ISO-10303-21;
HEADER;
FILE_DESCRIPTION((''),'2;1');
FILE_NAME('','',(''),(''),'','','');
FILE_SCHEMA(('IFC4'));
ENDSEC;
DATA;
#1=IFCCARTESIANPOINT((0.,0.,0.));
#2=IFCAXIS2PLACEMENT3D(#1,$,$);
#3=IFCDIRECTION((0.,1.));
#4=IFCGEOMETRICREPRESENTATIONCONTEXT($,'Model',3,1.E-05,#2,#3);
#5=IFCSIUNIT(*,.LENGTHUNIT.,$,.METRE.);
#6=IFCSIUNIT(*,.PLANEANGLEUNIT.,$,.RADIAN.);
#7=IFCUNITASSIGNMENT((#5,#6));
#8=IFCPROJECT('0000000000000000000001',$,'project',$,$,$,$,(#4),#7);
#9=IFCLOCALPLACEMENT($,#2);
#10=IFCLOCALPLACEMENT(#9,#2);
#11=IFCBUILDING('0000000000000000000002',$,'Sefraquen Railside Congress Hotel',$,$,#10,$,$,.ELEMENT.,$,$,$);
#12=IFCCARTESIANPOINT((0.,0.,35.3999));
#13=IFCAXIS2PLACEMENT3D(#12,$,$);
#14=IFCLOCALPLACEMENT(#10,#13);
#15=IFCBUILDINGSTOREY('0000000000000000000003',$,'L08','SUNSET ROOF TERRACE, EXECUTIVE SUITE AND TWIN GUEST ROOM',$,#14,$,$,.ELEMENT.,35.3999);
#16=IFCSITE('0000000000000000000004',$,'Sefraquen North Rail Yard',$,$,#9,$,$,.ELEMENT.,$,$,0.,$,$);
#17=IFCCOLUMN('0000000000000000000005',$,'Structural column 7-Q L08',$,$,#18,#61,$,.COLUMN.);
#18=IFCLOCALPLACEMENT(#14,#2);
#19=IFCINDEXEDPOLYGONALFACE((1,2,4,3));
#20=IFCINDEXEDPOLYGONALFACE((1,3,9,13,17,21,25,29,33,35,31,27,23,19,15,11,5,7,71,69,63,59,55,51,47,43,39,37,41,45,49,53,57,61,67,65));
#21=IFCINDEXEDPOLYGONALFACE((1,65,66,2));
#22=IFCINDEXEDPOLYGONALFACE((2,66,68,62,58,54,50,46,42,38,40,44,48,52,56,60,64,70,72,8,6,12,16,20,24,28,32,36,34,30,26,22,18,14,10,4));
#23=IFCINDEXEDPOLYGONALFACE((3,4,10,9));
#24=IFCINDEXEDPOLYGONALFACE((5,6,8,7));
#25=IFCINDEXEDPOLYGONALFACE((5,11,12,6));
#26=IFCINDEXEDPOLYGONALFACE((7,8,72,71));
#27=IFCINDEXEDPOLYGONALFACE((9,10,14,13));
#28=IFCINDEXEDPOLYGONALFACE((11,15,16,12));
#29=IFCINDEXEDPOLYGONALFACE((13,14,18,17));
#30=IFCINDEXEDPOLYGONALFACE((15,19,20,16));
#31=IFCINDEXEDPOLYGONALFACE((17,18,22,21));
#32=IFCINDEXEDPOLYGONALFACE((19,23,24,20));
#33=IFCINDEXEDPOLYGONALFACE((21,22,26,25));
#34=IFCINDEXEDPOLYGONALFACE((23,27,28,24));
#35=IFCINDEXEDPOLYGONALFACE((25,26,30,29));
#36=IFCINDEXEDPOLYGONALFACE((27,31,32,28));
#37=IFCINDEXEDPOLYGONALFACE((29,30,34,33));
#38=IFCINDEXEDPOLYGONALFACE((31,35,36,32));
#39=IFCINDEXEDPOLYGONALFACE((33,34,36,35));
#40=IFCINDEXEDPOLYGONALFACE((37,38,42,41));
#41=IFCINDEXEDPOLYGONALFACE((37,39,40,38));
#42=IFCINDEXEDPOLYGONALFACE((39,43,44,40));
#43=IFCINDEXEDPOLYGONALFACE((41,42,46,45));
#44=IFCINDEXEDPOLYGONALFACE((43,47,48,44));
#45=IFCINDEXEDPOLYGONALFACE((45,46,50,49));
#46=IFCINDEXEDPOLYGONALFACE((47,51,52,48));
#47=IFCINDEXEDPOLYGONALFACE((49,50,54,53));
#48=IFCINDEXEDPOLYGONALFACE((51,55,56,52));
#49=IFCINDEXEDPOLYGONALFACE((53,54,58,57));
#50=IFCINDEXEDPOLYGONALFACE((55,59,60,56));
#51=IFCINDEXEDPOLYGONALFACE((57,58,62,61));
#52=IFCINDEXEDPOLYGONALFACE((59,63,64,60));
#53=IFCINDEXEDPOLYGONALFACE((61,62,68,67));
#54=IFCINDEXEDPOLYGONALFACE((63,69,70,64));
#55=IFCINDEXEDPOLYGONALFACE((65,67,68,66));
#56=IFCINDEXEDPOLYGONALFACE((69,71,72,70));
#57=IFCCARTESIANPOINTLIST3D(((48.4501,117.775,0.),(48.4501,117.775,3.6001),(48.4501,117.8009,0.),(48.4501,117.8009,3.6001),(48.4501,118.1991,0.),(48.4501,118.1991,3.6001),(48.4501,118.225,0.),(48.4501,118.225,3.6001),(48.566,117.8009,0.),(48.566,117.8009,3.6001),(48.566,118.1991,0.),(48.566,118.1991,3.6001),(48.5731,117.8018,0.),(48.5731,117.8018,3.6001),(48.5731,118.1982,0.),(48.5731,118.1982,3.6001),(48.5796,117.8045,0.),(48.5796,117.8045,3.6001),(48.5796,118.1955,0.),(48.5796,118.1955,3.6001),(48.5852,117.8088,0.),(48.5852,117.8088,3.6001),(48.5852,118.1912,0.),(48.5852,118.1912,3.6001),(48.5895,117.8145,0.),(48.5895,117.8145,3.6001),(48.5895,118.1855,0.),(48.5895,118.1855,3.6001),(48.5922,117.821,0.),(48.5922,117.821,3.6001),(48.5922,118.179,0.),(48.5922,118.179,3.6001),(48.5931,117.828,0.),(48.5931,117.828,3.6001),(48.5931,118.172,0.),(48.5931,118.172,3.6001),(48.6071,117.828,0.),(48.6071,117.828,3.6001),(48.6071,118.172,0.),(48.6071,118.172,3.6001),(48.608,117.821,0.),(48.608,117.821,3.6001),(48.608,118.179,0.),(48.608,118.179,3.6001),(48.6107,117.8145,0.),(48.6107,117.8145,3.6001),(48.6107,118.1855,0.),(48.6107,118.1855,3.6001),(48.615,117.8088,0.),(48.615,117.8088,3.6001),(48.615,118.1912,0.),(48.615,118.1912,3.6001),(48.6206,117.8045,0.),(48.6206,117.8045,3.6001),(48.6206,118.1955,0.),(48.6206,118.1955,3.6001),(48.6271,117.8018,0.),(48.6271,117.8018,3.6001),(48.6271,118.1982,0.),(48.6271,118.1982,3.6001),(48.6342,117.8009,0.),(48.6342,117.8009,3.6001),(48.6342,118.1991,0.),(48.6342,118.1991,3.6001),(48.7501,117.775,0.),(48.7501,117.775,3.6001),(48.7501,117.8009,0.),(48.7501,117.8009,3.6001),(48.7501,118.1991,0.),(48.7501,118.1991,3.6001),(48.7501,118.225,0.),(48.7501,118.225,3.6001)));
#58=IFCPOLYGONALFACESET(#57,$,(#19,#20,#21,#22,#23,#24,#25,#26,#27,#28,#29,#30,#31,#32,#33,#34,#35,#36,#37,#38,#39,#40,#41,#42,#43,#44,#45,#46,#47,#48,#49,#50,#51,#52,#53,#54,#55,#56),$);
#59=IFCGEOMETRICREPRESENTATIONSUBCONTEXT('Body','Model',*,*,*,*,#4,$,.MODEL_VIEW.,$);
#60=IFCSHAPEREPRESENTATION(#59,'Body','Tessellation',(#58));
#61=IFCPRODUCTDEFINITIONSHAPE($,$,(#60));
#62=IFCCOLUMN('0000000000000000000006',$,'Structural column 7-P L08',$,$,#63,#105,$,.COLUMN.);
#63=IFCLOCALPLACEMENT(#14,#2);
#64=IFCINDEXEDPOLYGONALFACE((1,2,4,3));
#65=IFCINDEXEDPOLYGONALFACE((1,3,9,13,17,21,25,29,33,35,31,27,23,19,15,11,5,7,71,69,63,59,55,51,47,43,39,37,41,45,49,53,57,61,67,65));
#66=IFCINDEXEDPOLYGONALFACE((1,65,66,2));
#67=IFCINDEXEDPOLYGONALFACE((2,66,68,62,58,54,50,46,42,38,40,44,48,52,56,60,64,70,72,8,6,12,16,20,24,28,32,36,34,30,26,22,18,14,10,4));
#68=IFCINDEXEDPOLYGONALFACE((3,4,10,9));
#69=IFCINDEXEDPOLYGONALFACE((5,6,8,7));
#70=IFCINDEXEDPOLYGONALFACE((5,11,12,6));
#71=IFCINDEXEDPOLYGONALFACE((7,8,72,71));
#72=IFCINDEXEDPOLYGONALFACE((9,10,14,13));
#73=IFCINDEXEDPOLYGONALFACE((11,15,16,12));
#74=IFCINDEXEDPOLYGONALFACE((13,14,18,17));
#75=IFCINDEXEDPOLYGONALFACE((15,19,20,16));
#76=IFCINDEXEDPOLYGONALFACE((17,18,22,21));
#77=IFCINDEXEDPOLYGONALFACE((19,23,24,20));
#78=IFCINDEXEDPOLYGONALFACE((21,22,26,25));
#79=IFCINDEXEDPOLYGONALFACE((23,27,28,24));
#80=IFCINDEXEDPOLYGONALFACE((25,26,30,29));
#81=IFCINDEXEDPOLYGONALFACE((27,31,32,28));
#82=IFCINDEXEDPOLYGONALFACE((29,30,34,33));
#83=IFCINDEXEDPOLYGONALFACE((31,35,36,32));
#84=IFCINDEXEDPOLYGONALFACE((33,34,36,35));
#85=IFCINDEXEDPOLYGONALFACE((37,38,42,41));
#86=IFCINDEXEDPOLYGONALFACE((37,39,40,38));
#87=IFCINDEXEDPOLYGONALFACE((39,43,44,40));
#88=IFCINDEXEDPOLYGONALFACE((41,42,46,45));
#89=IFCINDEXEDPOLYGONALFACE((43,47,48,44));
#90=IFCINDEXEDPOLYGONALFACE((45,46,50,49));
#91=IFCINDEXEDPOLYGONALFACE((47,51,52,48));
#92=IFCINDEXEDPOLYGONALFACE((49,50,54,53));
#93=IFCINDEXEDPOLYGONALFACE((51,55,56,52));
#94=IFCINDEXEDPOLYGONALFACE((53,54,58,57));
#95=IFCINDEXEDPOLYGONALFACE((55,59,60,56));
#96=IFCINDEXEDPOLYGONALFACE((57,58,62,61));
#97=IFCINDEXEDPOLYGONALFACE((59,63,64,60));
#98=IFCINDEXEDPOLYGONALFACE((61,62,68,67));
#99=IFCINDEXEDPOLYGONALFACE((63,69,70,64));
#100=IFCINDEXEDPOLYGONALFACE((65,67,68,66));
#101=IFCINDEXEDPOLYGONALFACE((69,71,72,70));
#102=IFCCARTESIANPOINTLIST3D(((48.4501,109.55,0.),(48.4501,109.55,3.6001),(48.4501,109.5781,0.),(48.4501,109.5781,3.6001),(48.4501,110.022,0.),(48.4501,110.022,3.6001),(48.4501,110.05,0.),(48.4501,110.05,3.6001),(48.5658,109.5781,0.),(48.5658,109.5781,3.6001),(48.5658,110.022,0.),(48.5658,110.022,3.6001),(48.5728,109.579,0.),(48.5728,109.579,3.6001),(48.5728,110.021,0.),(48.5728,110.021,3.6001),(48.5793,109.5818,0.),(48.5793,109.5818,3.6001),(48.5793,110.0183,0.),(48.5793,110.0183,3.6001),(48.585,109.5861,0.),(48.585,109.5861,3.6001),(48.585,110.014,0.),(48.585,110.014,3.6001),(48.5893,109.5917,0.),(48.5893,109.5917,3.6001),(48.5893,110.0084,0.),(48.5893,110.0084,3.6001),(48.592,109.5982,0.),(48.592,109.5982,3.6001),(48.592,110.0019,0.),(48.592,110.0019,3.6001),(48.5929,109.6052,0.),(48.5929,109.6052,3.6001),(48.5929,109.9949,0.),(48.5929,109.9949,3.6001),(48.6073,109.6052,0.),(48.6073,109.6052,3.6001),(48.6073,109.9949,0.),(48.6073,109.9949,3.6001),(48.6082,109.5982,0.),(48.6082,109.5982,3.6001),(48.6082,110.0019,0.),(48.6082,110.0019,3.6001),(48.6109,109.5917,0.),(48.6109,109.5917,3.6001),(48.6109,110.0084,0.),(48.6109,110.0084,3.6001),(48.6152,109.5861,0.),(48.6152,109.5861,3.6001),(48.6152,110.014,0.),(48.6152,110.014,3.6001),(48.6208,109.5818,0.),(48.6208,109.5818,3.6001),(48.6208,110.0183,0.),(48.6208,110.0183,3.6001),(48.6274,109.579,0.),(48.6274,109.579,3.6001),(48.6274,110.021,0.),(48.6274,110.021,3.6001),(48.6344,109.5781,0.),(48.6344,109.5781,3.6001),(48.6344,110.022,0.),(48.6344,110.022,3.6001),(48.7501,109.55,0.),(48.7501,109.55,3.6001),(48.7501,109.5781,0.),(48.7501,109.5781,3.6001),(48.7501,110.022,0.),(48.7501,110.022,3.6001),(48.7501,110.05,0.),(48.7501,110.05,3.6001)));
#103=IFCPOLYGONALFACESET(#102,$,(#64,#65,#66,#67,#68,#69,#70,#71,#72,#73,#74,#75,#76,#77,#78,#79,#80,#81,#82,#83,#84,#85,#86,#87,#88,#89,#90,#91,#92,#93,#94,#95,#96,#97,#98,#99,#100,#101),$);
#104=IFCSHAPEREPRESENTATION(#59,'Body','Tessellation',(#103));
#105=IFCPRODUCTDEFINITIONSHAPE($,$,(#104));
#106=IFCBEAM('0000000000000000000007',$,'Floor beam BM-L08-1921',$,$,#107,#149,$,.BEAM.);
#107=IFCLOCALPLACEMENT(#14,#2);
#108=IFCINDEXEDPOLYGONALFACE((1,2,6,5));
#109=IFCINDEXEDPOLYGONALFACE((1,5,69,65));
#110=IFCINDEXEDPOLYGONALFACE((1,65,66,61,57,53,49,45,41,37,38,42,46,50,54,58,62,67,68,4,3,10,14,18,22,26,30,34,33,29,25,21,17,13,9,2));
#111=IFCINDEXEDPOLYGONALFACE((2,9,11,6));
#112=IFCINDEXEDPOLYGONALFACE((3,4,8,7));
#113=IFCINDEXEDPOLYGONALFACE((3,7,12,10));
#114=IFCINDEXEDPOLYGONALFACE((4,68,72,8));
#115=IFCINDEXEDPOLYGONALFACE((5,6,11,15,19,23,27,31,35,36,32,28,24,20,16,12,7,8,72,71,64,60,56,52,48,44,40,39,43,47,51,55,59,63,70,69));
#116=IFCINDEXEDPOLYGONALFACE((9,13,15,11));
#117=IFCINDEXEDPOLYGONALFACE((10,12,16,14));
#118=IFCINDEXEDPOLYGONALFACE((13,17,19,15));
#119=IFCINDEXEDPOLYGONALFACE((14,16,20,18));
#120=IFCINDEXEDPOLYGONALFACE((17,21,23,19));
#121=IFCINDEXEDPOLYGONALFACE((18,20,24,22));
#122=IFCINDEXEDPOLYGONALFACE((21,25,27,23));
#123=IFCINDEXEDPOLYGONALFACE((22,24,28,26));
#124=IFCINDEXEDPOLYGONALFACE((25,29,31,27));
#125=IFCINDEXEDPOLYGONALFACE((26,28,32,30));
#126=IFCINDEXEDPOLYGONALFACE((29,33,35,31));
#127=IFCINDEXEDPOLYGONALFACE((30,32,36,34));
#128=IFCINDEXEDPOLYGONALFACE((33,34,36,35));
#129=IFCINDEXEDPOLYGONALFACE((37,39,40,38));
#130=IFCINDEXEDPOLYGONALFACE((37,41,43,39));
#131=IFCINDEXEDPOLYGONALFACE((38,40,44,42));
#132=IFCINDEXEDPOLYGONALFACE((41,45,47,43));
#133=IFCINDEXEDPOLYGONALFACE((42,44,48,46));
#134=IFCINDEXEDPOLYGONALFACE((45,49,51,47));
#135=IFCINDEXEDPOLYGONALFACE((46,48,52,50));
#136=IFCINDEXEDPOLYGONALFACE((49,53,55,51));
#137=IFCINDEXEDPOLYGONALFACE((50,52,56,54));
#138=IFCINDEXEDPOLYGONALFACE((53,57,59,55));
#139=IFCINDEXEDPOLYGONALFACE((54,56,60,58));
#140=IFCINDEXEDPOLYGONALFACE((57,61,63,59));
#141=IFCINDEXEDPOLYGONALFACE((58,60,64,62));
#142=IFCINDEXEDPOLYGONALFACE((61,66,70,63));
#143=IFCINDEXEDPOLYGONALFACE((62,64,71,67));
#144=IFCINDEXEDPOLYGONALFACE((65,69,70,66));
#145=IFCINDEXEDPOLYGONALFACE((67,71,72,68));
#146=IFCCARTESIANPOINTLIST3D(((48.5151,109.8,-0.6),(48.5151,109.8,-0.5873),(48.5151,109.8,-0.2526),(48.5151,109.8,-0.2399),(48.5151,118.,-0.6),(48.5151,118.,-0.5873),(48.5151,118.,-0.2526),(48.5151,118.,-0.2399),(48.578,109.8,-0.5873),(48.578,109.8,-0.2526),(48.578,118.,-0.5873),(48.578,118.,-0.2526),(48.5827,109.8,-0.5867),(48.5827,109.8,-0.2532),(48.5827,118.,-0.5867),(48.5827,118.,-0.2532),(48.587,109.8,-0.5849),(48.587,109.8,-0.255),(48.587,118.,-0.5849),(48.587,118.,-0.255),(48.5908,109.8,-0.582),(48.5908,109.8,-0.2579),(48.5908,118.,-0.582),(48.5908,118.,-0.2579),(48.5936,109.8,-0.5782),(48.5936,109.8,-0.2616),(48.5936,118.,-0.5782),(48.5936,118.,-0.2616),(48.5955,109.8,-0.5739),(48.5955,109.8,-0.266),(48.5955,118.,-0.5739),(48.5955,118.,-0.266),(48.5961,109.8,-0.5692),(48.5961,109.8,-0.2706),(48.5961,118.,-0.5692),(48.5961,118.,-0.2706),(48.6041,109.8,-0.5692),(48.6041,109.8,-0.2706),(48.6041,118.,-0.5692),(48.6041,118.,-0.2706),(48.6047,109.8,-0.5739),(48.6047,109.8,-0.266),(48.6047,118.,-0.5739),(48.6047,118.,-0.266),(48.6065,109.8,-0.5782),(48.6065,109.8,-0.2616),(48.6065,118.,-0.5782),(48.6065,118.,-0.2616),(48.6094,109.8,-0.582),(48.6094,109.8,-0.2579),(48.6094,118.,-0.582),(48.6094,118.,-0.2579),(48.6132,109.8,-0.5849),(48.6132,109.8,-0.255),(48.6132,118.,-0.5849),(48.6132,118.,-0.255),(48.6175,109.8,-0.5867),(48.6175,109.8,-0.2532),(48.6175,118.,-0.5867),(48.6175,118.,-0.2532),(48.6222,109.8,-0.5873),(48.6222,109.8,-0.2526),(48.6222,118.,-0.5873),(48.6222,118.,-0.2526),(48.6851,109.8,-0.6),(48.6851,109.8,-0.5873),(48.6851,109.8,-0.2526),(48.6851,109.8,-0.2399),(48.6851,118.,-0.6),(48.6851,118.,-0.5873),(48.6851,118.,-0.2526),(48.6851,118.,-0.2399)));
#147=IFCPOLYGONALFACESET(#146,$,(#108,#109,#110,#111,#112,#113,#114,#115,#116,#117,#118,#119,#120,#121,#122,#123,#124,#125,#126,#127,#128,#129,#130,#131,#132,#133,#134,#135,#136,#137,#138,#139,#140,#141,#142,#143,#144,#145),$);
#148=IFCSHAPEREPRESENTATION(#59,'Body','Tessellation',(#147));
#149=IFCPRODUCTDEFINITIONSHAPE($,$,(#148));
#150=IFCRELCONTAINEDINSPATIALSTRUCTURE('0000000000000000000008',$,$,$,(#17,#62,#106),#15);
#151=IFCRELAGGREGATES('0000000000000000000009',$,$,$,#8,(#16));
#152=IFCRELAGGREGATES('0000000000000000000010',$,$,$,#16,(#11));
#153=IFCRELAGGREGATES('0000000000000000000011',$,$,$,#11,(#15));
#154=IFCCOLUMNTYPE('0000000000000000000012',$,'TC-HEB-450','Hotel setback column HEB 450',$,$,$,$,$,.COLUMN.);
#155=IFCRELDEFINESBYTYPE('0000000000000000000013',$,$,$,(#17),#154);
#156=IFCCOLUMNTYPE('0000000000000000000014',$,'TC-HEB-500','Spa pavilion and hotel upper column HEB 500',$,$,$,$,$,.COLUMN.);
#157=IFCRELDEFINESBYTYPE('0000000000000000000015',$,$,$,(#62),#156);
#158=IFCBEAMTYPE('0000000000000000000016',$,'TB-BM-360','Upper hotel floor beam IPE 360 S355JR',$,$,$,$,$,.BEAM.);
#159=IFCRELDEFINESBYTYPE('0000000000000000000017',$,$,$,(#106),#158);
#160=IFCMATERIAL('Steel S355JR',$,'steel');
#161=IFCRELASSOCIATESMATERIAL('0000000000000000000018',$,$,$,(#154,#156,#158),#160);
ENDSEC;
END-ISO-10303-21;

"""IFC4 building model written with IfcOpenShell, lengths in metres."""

from ifc_helpers import new_model, si_unit, direction, frame, origin, origin_2d, place, context, subcontext, project, spatial, i_section, extrude, material, material_profile, profile_set, type_object, element, save


model = new_model("IFC4")

# Units and contexts
model_context = context("Model", 3, precision=1e-05, world=origin(), true_north=direction((0.0, 1.0)))
body_context = subcontext(model_context, "Body", "Model", "MODEL_VIEW")
ifc_project = project(units=[si_unit("LENGTHUNIT", "METRE"), si_unit("PLANEANGLEUNIT", "RADIAN")], contexts=[model_context])

# Site, building, storey
site_placement = place(None, origin())
site = spatial("IfcSite", under=ifc_project, at=site_placement, Name="Sefraquen North Rail Yard", CompositionType="ELEMENT", RefElevation=0.0)
building_placement = place(site_placement, origin())
building = spatial("IfcBuilding", under=site, at=building_placement, Name="Sefraquen Railside Congress Hotel", CompositionType="ELEMENT")
storey_placement = place(building_placement, frame((0.0, 0.0, 35.3999)))
storey = spatial("IfcBuildingStorey", under=building, at=storey_placement, Name="L08", Description="SUNSET ROOF TERRACE, EXECUTIVE SUITE AND TWIN GUEST ROOM", CompositionType="ELEMENT", Elevation=35.3999)

# Columns
ifc_material_1 = material(Name="Steel S355JR", Category="steel")
ifc_material_profile_1 = material_profile(ifc_material_1, i_section(OverallWidth=0.3, OverallDepth=0.45, WebThickness=0.0139, FlangeThickness=0.0259, FilletRadius=0.0271, at=origin_2d()), Name="HEB 450")
ifc_profile_set_1 = profile_set([ifc_material_profile_1], Name="Steel S355JR")
column_type_1 = type_object("IfcColumnType", Name="TC-HEB-450", Description="Hotel setback column HEB 450", PredefinedType="COLUMN", material=ifc_profile_set_1)
column_1_placement = place(storey_placement, frame((48.6001, 118.0, 0.0), z_axis=(0.0, 0.0, 1.0), x_axis=(1.0, 0.0, 0.0)))
element("IfcColumn", 1, at=column_1_placement, inside=storey, type_object=column_type_1, Name="Structural column 7-Q L08", PredefinedType="COLUMN", context=body_context, shape_type="SweptSolid", body=[
    extrude(i_section(OverallWidth=0.3, OverallDepth=0.45, WebThickness=0.0139, FlangeThickness=0.0259, FilletRadius=0.0271, at=origin_2d()), origin(), (0.0, 0.0, 1.0), 3.6001),
])
ifc_material_profile_2 = material_profile(ifc_material_1, i_section(OverallWidth=0.3, OverallDepth=0.5, WebThickness=0.0144, FlangeThickness=0.0281, FilletRadius=0.0271, at=origin_2d()), Name="HEB 500")
ifc_profile_set_2 = profile_set([ifc_material_profile_2], Name="Steel S355JR")
column_type_2 = type_object("IfcColumnType", Name="TC-HEB-500", Description="Spa pavilion and hotel upper column HEB 500", PredefinedType="COLUMN", material=ifc_profile_set_2)
column_2_placement = place(storey_placement, frame((48.6001, 109.8, 0.0), z_axis=(0.0, 0.0, 1.0), x_axis=(1.0, 0.0, 0.0)))
element("IfcColumn", 2, at=column_2_placement, inside=storey, type_object=column_type_2, Name="Structural column 7-P L08", PredefinedType="COLUMN", context=body_context, shape_type="SweptSolid", body=[
    extrude(i_section(OverallWidth=0.3, OverallDepth=0.5, WebThickness=0.0144, FlangeThickness=0.0281, FilletRadius=0.0271, at=origin_2d()), origin(), (0.0, 0.0, 1.0), 3.6001),
])

# Beam
ifc_material_profile_3 = material_profile(ifc_material_1, i_section(OverallWidth=0.1699, OverallDepth=0.3601, WebThickness=0.0081, FlangeThickness=0.0127, FilletRadius=0.0181, at=origin_2d()), Name="IPE 360")
ifc_profile_set_3 = profile_set([ifc_material_profile_3], Name="Steel S355JR")
beam_type_1 = type_object("IfcBeamType", Name="TB-BM-360", Description="Upper hotel floor beam IPE 360 S355JR", PredefinedType="BEAM", material=ifc_profile_set_3)
beam_1_placement = place(storey_placement, frame((48.6001, 109.8, -0.4199), z_axis=(0.0, 1.0, 0.0), x_axis=(-1.0, 0.0, 0.0)))
element("IfcBeam", 3, at=beam_1_placement, inside=storey, type_object=beam_type_1, Name="Floor beam BM-L08-1921", PredefinedType="BEAM", context=body_context, shape_type="SweptSolid", body=[
    extrude(i_section(OverallWidth=0.1699, OverallDepth=0.3601, WebThickness=0.0081, FlangeThickness=0.0127, FilletRadius=0.0181, at=origin_2d()), origin(), (0.0, 0.0, 1.0), 8.2),
])

save(model, "model.ifc")
